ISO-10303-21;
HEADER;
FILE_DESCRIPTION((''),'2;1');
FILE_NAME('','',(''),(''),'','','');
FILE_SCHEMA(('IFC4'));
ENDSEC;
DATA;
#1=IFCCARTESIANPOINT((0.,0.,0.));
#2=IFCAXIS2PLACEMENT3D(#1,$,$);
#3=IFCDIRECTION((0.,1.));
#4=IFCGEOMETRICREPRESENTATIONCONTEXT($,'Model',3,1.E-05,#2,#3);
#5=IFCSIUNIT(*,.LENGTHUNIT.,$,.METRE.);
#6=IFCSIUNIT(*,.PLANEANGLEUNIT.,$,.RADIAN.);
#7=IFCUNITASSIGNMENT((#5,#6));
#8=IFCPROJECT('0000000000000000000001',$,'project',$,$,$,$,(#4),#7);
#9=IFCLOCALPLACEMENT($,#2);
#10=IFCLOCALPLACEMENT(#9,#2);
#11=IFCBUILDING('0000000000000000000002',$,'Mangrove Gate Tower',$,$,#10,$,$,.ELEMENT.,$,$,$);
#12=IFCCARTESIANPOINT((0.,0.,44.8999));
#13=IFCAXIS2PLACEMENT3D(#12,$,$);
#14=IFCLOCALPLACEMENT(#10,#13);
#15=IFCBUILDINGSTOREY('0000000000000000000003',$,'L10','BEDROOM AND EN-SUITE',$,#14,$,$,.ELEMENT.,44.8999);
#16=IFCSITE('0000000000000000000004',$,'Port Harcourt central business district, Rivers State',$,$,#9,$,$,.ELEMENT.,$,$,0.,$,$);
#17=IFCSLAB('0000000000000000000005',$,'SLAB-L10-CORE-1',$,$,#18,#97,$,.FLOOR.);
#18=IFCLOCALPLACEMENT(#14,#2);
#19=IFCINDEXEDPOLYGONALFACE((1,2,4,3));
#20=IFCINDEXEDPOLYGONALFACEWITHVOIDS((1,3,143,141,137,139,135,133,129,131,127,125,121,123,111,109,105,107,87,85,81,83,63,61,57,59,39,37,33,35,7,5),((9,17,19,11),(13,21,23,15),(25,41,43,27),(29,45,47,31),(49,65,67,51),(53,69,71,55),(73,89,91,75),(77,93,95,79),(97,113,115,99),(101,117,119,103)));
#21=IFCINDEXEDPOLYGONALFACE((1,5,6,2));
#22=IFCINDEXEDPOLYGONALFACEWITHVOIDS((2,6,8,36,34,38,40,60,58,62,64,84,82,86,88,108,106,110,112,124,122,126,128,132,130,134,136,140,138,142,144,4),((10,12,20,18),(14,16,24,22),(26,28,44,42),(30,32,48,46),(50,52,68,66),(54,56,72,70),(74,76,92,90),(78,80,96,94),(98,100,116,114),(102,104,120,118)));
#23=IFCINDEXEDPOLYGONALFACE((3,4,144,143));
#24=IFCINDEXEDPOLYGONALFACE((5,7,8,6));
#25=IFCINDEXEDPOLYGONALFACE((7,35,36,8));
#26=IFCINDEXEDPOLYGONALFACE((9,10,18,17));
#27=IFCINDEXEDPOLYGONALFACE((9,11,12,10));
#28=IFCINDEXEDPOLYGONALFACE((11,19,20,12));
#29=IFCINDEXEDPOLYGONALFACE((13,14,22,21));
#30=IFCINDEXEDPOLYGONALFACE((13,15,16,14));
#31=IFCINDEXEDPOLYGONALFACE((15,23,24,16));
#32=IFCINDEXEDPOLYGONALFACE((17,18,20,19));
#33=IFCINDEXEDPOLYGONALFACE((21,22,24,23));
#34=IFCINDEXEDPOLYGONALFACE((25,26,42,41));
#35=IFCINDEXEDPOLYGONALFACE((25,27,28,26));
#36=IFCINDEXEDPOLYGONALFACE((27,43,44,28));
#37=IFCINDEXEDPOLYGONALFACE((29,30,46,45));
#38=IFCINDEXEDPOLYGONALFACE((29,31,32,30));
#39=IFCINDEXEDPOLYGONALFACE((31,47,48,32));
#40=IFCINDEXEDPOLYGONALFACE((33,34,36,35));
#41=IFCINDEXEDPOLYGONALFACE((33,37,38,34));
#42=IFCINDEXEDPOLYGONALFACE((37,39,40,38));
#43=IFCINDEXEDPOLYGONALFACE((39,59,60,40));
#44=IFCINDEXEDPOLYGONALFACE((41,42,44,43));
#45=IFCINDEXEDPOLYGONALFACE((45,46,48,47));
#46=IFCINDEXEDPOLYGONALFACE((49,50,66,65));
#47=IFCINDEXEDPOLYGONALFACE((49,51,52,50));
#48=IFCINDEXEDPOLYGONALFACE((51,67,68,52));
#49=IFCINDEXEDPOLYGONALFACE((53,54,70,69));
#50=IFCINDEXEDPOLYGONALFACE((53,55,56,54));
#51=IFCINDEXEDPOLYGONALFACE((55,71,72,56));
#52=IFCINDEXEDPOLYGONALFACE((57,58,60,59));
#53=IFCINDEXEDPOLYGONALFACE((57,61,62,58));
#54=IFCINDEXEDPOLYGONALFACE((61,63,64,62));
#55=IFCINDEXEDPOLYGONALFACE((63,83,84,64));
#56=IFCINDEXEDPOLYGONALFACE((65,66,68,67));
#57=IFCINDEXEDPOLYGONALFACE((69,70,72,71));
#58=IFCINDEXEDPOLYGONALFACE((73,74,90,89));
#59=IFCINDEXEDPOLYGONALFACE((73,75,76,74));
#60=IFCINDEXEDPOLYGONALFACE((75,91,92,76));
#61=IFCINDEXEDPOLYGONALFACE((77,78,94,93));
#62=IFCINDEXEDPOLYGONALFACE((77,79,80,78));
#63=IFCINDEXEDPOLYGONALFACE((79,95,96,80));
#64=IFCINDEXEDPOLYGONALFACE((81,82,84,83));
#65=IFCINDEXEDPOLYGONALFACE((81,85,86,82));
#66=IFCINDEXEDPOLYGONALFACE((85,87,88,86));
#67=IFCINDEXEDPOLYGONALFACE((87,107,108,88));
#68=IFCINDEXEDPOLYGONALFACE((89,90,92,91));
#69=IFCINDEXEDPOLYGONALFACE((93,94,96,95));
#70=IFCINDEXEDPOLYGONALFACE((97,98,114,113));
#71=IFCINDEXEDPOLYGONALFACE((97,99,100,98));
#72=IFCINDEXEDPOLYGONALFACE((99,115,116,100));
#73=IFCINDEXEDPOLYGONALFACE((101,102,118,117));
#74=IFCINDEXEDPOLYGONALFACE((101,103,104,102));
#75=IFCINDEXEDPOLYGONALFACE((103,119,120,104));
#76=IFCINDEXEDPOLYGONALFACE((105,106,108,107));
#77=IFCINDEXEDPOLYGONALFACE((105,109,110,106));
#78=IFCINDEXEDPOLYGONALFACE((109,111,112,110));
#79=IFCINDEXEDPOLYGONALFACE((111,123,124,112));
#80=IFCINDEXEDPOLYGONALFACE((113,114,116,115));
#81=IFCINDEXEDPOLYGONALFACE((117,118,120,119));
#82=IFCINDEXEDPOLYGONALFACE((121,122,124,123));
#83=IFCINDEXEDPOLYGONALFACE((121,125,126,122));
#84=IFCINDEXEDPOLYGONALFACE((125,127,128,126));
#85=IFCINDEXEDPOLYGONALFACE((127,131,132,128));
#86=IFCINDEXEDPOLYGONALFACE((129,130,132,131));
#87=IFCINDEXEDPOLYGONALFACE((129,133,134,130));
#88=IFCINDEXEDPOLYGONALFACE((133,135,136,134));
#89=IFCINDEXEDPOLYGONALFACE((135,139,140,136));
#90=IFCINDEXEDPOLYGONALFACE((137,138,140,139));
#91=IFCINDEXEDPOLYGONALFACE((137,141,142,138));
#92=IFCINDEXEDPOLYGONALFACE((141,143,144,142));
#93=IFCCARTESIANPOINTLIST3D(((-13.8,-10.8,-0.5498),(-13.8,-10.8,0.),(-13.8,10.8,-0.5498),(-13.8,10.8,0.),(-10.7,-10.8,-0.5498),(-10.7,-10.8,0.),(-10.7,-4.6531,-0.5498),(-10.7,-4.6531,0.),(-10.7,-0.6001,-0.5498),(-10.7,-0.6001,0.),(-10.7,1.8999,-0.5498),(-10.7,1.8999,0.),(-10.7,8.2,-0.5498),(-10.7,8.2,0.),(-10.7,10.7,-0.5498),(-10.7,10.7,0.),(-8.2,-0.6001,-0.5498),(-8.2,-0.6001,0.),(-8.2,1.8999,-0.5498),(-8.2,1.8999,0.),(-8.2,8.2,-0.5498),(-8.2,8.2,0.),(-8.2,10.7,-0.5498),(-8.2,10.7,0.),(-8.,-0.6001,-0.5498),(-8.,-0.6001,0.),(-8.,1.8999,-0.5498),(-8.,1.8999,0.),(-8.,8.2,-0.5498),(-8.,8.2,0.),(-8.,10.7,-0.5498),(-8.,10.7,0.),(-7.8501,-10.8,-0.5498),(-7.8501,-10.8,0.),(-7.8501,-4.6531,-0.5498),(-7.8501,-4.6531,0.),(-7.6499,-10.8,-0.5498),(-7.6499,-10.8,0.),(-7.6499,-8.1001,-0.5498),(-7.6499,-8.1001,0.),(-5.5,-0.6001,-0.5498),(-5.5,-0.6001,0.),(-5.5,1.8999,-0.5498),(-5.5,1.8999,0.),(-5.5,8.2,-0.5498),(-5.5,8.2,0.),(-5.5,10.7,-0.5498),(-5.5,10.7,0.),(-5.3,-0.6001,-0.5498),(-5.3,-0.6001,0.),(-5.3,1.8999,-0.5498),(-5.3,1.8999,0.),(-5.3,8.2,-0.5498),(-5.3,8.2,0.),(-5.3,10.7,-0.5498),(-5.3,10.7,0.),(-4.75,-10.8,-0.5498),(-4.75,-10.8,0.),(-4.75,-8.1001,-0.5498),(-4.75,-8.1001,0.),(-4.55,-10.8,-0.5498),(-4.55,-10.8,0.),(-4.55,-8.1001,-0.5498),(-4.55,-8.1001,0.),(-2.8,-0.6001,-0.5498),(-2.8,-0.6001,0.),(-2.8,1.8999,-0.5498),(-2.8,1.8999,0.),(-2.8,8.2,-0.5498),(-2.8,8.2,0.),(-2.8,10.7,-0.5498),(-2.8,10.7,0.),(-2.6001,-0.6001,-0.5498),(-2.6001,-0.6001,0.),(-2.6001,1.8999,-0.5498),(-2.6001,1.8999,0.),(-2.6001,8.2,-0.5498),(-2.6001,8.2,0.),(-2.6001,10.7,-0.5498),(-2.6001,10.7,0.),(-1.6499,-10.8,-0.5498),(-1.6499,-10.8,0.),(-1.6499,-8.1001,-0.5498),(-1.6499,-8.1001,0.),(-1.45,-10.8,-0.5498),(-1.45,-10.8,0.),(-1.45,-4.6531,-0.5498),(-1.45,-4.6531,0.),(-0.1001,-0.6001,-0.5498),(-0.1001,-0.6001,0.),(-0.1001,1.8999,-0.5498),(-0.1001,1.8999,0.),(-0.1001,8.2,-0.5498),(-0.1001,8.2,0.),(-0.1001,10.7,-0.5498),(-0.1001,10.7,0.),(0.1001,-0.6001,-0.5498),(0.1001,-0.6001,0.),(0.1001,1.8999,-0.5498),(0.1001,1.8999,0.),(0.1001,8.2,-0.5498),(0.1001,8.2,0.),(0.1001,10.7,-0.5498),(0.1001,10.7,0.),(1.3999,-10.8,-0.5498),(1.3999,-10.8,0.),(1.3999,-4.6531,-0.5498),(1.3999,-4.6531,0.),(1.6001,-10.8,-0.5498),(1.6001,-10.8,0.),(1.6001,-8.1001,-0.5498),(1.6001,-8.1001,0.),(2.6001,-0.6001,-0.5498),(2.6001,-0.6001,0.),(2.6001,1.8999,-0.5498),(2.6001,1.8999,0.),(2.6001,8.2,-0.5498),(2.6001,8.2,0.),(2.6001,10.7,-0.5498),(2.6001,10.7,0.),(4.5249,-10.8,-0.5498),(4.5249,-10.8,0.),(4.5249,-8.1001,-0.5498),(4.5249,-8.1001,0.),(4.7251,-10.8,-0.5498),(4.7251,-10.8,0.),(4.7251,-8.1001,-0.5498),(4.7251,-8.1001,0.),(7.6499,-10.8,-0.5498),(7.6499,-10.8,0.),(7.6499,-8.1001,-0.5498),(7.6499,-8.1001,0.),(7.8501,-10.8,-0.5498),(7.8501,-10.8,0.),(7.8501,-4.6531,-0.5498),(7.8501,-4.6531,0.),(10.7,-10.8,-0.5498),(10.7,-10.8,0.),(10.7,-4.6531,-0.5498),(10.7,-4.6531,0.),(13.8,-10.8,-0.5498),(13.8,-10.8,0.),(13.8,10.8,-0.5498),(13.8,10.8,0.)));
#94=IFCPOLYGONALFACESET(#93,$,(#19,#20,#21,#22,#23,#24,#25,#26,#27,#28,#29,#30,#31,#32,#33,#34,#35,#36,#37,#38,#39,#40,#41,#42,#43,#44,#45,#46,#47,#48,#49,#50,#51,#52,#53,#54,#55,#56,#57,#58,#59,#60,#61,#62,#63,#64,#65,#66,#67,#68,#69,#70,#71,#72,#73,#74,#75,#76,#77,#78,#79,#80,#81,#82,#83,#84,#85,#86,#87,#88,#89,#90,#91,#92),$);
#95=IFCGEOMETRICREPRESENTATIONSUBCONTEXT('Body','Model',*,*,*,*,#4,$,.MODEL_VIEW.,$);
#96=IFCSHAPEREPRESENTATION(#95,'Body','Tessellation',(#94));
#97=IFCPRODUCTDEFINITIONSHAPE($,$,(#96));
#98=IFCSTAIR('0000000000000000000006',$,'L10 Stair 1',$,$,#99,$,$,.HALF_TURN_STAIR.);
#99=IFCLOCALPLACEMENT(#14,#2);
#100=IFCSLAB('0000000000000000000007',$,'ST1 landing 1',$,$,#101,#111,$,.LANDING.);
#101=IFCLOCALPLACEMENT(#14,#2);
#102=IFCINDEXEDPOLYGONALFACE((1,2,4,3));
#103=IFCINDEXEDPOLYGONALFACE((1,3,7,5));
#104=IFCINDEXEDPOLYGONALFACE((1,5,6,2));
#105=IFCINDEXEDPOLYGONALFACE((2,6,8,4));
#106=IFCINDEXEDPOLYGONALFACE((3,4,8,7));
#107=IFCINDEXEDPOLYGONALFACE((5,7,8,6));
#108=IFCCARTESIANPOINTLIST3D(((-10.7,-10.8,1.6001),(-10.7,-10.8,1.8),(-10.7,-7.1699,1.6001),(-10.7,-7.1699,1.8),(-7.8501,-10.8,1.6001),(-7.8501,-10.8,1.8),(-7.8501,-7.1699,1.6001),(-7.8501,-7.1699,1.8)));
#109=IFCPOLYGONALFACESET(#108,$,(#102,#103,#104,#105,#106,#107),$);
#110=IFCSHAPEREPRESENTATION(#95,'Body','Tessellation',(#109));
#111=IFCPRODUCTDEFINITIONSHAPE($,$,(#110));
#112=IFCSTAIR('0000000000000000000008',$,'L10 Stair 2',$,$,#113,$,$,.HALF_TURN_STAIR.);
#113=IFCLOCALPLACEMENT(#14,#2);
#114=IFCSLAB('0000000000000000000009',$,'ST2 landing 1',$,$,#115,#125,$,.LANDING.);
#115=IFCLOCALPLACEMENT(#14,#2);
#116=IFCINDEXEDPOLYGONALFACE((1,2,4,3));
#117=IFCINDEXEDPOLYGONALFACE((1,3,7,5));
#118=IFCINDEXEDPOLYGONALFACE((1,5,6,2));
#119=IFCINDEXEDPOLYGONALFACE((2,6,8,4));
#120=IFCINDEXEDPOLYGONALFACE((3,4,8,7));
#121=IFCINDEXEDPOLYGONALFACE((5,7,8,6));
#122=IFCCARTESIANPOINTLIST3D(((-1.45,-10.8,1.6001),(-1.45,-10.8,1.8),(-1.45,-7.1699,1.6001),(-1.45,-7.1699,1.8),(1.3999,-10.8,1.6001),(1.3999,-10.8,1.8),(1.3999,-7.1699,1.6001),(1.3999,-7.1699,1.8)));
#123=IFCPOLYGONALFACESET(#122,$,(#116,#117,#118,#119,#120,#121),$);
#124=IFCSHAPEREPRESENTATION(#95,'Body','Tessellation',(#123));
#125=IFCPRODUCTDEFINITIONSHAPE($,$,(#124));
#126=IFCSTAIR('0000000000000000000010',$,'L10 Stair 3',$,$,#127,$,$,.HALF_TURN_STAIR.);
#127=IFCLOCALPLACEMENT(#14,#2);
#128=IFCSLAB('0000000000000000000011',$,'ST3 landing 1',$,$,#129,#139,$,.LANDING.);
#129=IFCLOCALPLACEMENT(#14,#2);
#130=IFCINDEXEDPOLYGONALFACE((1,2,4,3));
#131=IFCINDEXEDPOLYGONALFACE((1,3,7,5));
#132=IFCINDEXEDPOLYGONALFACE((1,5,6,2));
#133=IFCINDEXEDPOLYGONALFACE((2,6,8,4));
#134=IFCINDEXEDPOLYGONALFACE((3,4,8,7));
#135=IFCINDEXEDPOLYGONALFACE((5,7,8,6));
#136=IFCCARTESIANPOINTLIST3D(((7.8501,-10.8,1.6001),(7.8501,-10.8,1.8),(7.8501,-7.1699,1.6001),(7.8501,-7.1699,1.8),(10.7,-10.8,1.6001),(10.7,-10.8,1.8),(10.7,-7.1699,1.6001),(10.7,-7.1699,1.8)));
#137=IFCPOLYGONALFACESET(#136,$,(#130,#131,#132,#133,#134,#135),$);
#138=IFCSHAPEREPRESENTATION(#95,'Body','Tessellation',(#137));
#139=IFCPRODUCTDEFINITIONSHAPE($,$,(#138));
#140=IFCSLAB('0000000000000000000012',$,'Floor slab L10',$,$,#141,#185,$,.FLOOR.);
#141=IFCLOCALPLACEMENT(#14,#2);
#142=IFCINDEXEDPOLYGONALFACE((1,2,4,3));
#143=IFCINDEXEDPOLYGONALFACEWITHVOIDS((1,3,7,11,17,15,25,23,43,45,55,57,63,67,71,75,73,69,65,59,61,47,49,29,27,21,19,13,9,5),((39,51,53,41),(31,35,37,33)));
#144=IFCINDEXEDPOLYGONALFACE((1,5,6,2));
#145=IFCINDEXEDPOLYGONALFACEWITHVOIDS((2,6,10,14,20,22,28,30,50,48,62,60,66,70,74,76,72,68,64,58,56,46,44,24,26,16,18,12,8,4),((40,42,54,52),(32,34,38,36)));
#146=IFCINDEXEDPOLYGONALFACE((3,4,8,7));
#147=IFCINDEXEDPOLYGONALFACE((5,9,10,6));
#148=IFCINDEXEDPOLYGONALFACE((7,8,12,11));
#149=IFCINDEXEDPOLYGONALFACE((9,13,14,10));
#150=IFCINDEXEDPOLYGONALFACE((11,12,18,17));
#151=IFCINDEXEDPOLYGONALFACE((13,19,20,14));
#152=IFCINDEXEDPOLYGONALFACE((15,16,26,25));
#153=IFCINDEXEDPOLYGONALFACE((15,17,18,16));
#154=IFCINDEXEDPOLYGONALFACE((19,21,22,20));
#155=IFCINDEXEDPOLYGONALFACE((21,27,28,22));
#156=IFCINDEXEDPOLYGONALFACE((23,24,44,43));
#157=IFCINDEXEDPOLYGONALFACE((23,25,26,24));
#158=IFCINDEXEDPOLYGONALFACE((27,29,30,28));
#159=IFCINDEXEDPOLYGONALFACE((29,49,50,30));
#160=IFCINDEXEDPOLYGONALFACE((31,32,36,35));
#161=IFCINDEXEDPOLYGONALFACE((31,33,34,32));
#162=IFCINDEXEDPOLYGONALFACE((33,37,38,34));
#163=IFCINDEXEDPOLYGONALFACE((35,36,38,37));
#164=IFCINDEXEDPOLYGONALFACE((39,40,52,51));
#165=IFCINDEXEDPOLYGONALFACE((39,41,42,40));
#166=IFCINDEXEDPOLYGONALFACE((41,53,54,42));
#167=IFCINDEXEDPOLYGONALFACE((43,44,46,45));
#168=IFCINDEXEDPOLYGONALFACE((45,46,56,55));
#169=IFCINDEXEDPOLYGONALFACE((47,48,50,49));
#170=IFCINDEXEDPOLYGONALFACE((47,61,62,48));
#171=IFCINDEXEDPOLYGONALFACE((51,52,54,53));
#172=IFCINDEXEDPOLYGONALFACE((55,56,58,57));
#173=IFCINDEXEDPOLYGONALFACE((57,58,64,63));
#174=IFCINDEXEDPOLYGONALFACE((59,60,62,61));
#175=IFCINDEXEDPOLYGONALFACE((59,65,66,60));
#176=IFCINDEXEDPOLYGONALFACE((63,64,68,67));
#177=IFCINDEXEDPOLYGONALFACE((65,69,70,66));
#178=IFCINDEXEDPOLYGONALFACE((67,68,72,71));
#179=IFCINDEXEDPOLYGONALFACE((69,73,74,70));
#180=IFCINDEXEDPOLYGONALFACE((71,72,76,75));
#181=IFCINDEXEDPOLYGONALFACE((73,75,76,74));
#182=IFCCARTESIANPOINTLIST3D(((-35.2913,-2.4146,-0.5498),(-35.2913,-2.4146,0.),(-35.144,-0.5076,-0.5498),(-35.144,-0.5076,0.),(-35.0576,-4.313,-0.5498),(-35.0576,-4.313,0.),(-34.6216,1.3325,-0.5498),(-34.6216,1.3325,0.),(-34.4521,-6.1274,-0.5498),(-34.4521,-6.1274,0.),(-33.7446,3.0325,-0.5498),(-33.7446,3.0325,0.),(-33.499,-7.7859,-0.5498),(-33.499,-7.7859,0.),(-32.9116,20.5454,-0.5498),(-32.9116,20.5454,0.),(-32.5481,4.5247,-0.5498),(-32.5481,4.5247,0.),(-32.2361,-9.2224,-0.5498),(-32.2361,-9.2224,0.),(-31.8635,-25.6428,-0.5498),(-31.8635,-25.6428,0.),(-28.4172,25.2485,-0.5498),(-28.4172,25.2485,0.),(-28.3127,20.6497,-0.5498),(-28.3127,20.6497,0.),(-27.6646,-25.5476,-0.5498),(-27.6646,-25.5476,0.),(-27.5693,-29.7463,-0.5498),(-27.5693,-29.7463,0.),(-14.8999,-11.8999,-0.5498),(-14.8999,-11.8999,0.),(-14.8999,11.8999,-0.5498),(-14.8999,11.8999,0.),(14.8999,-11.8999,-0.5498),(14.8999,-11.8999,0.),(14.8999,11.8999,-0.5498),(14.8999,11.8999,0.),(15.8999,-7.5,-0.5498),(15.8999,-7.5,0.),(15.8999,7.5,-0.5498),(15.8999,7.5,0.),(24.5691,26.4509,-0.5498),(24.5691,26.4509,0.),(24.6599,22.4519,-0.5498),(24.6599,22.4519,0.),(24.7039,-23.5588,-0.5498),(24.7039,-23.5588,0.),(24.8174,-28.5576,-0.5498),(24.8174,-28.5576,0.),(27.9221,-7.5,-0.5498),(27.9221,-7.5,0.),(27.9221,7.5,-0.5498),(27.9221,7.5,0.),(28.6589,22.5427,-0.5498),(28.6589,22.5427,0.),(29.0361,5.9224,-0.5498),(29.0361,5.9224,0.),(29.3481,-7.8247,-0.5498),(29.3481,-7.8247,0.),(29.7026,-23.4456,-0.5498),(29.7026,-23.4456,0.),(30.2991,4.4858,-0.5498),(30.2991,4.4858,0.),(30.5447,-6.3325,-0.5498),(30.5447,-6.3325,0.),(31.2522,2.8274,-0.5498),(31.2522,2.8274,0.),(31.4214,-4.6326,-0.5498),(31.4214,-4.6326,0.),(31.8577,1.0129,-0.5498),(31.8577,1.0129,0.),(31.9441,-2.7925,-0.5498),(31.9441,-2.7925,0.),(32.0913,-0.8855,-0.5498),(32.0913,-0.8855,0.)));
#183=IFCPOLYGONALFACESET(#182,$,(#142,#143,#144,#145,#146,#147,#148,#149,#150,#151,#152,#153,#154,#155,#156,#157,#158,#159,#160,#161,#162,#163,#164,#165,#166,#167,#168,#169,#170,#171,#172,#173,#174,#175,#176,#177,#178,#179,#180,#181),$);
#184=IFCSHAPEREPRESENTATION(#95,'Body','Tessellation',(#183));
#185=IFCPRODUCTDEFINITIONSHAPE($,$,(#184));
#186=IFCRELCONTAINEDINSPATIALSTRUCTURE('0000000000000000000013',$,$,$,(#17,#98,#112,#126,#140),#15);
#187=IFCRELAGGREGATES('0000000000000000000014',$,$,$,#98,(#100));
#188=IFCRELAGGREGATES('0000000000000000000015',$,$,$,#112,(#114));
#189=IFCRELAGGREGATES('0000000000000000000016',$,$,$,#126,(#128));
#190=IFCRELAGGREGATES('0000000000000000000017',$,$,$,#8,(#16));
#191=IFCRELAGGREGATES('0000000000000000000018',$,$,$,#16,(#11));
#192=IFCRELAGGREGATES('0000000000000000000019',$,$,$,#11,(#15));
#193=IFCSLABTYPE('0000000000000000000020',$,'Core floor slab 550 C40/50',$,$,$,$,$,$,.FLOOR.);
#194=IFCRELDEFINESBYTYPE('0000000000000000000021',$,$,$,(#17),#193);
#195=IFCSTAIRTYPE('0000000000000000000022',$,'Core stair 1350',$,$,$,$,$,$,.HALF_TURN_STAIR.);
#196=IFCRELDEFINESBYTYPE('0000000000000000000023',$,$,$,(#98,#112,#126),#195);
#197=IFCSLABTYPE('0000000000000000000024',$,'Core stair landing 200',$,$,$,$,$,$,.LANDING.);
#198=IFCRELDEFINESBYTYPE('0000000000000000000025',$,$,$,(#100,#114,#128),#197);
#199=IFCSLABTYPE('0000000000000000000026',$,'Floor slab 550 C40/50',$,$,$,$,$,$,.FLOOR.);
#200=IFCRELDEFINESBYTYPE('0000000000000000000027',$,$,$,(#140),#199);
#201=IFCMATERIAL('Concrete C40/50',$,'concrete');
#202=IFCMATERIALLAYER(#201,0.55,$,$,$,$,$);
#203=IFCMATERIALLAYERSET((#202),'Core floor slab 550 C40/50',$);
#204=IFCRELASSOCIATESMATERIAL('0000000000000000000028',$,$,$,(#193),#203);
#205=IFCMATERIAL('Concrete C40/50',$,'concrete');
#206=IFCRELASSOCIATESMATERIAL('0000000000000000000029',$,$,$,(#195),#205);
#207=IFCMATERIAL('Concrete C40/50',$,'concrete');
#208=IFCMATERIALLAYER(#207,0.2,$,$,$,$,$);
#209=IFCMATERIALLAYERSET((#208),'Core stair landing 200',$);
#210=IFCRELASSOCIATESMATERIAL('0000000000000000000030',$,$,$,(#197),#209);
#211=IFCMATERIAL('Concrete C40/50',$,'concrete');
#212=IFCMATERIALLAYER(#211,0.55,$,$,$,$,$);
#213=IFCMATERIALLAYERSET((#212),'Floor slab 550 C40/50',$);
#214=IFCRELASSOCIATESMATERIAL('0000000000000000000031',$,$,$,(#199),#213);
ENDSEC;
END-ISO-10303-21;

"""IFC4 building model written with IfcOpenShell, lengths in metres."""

from ifc_helpers import new_model, si_unit, direction, frame, origin, place, context, subcontext, project, spatial, polyline, outline, extrude, material, layer, layer_set, type_object, element, aggregate, save


model = new_model("IFC4")

# Units and contexts
model_context = context("Model", 3, precision=1e-05, world=origin(), true_north=direction((0.0, 1.0)))
body_context = subcontext(model_context, "Body", "Model", "MODEL_VIEW")
ifc_project = project(units=[si_unit("LENGTHUNIT", "METRE"), si_unit("PLANEANGLEUNIT", "RADIAN")], contexts=[model_context])

# Site, building, storey
site_placement = place(None, origin())
site = spatial("IfcSite", under=ifc_project, at=site_placement, Name="Port Harcourt central business district, Rivers State", CompositionType="ELEMENT", RefElevation=0.0)
building_placement = place(site_placement, origin())
building = spatial("IfcBuilding", under=site, at=building_placement, Name="Mangrove Gate Tower", CompositionType="ELEMENT")
storey_placement = place(building_placement, frame((0.0, 0.0, 44.8999)))
storey = spatial("IfcBuildingStorey", under=building, at=storey_placement, Name="L10", Description="BEDROOM AND EN-SUITE", CompositionType="ELEMENT", Elevation=44.8999)

# Slab
ifc_material_1 = material(Name="Concrete C40/50", Category="concrete")
ifc_layer_1 = layer(ifc_material_1, 0.55)
ifc_layer_set_1 = layer_set([ifc_layer_1], Name="Core floor slab 550 C40/50")
slab_type_1 = type_object("IfcSlabType", Name="Core floor slab 550 C40/50", PredefinedType="FLOOR", material=ifc_layer_set_1)
slab_1_placement = place(storey_placement, frame((0.0, 0.0, -0.5498)))
element("IfcSlab", 1, at=slab_1_placement, inside=storey, type_object=slab_type_1, Name="SLAB-L10-CORE-1", PredefinedType="FLOOR", context=body_context, shape_type="SweptSolid", body=[
    extrude(outline(polyline([(-13.8, -10.8), (-13.8, 10.8), (13.8, 10.8), (13.8, -10.8), (10.7, -10.8), (10.7, -4.6531), (7.8501, -4.6531), (7.8501, -10.8), (7.6499, -10.8), (7.6499, -8.1001), (4.7251, -8.1001), (4.7251, -10.8), (4.5249, -10.8), (4.5249, -8.1001), (1.6001, -8.1001), (1.6001, -10.8), (1.3999, -10.8), (1.3999, -4.6531), (-1.45, -4.6531), (-1.45, -10.8), (-1.6499, -10.8), (-1.6499, -8.1001), (-4.55, -8.1001), (-4.55, -10.8), (-4.75, -10.8), (-4.75, -8.1001), (-7.6499, -8.1001), (-7.6499, -10.8), (-7.8501, -10.8), (-7.8501, -4.6531), (-10.7, -4.6531), (-10.7, -10.8), (-13.8, -10.8)]), holes=[polyline([(-8.2, -0.6001), (-8.2, 1.8999), (-10.7, 1.8999), (-10.7, -0.6001), (-8.2, -0.6001)]), polyline([(-5.5, -0.6001), (-5.5, 1.8999), (-8.0, 1.8999), (-8.0, -0.6001), (-5.5, -0.6001)]), polyline([(-2.8, -0.6001), (-2.8, 1.8999), (-5.3, 1.8999), (-5.3, -0.6001), (-2.8, -0.6001)]), polyline([(-8.2, 8.2), (-8.2, 10.7), (-10.7, 10.7), (-10.7, 8.2), (-8.2, 8.2)]), polyline([(-5.5, 8.2), (-5.5, 10.7), (-8.0, 10.7), (-8.0, 8.2), (-5.5, 8.2)]), polyline([(-2.8, 8.2), (-2.8, 10.7), (-5.3, 10.7), (-5.3, 8.2), (-2.8, 8.2)]), polyline([(-0.1001, -0.6001), (-0.1001, 1.8999), (-2.6001, 1.8999), (-2.6001, -0.6001), (-0.1001, -0.6001)]), polyline([(2.6001, -0.6001), (2.6001, 1.8999), (0.1001, 1.8999), (0.1001, -0.6001), (2.6001, -0.6001)]), polyline([(-2.6001, 8.2), (-0.1001, 8.2), (-0.1001, 10.7), (-2.6001, 10.7), (-2.6001, 8.2)]), polyline([(0.1001, 8.2), (2.6001, 8.2), (2.6001, 10.7), (0.1001, 10.7), (0.1001, 8.2)])]), origin(), (0.0, 0.0, 1.0), 0.5498),
])

# Stairs, slabs
ifc_material_2 = material(Name="Concrete C40/50", Category="concrete")
stair_type = type_object("IfcStairType", Name="Core stair 1350", PredefinedType="HALF_TURN_STAIR", material=ifc_material_2)
stair_1_placement = place(storey_placement, origin())
stair_1 = element("IfcStair", 2, at=stair_1_placement, inside=storey, type_object=stair_type, Name="L10 Stair 1", PredefinedType="HALF_TURN_STAIR")
ifc_material_3 = material(Name="Concrete C40/50", Category="concrete")
ifc_layer_2 = layer(ifc_material_3, 0.2)
ifc_layer_set_2 = layer_set([ifc_layer_2], Name="Core stair landing 200")
slab_type_2 = type_object("IfcSlabType", Name="Core stair landing 200", PredefinedType="LANDING", material=ifc_layer_set_2)
slab_2_placement = place(storey_placement, frame((0.0, 0.0, 1.6001)))
slab_2 = element("IfcSlab", 3, at=slab_2_placement, type_object=slab_type_2, Name="ST1 landing 1", PredefinedType="LANDING", context=body_context, shape_type="SweptSolid", body=[
    extrude(outline(polyline([(-10.7, -7.1699), (-10.7, -10.8), (-7.8501, -10.8), (-7.8501, -7.1699), (-10.7, -7.1699)])), origin(), (0.0, 0.0, 1.0), 0.2),
])
aggregate(stair_1, [slab_2])
stair_2_placement = place(storey_placement, origin())
stair_2 = element("IfcStair", 4, at=stair_2_placement, inside=storey, type_object=stair_type, Name="L10 Stair 2", PredefinedType="HALF_TURN_STAIR")
slab_3_placement = place(storey_placement, frame((0.0, 0.0, 1.6001)))
slab_3 = element("IfcSlab", 5, at=slab_3_placement, type_object=slab_type_2, Name="ST2 landing 1", PredefinedType="LANDING", context=body_context, shape_type="SweptSolid", body=[
    extrude(outline(polyline([(-1.45, -7.1699), (-1.45, -10.8), (1.3999, -10.8), (1.3999, -7.1699), (-1.45, -7.1699)])), origin(), (0.0, 0.0, 1.0), 0.2),
])
aggregate(stair_2, [slab_3])
stair_3_placement = place(storey_placement, origin())
stair_3 = element("IfcStair", 6, at=stair_3_placement, inside=storey, type_object=stair_type, Name="L10 Stair 3", PredefinedType="HALF_TURN_STAIR")
slab_4_placement = place(storey_placement, frame((0.0, 0.0, 1.6001)))
slab_4 = element("IfcSlab", 7, at=slab_4_placement, type_object=slab_type_2, Name="ST3 landing 1", PredefinedType="LANDING", context=body_context, shape_type="SweptSolid", body=[
    extrude(outline(polyline([(7.8501, -7.1699), (7.8501, -10.8), (10.7, -10.8), (10.7, -7.1699), (7.8501, -7.1699)])), origin(), (0.0, 0.0, 1.0), 0.2),
])
aggregate(stair_3, [slab_4])

# Slab
ifc_material_4 = material(Name="Concrete C40/50", Category="concrete")
ifc_layer_3 = layer(ifc_material_4, 0.55)
ifc_layer_set_3 = layer_set([ifc_layer_3], Name="Floor slab 550 C40/50")
slab_type_3 = type_object("IfcSlabType", Name="Floor slab 550 C40/50", PredefinedType="FLOOR", material=ifc_layer_set_3)
slab_5_placement = place(storey_placement, frame((0.0, 0.0, -0.5498)))
element("IfcSlab", 8, at=slab_5_placement, inside=storey, type_object=slab_type_3, Name="Floor slab L10", PredefinedType="FLOOR", context=body_context, shape_type="SweptSolid", body=[
    extrude(outline(polyline([(-27.5693, -29.7463), (24.8174, -28.5576), (24.7039, -23.5588), (29.7026, -23.4456), (29.3481, -7.8247), (30.5447, -6.3325), (31.4214, -4.6326), (31.9441, -2.7925), (32.0913, -0.8855), (31.8577, 1.0129), (31.2522, 2.8274), (30.2991, 4.4858), (29.0361, 5.9224), (28.6589, 22.5427), (24.6599, 22.4519), (24.5691, 26.4509), (-28.4172, 25.2485), (-28.3127, 20.6497), (-32.9116, 20.5454), (-32.5481, 4.5247), (-33.7446, 3.0325), (-34.6216, 1.3325), (-35.144, -0.5076), (-35.2913, -2.4146), (-35.0576, -4.313), (-34.4521, -6.1274), (-33.499, -7.7859), (-32.2361, -9.2224), (-31.8635, -25.6428), (-27.6646, -25.5476), (-27.5693, -29.7463)]), holes=[polyline([(15.8999, 7.5), (27.9221, 7.5), (27.9221, -7.5), (15.8999, -7.5), (15.8999, 7.5)]), polyline([(-14.8999, -11.8999), (-14.8999, 11.8999), (14.8999, 11.8999), (14.8999, -11.8999), (-14.8999, -11.8999)])]), origin(), (0.0, 0.0, 1.0), 0.5498),
])

save(model, "model.ifc")
